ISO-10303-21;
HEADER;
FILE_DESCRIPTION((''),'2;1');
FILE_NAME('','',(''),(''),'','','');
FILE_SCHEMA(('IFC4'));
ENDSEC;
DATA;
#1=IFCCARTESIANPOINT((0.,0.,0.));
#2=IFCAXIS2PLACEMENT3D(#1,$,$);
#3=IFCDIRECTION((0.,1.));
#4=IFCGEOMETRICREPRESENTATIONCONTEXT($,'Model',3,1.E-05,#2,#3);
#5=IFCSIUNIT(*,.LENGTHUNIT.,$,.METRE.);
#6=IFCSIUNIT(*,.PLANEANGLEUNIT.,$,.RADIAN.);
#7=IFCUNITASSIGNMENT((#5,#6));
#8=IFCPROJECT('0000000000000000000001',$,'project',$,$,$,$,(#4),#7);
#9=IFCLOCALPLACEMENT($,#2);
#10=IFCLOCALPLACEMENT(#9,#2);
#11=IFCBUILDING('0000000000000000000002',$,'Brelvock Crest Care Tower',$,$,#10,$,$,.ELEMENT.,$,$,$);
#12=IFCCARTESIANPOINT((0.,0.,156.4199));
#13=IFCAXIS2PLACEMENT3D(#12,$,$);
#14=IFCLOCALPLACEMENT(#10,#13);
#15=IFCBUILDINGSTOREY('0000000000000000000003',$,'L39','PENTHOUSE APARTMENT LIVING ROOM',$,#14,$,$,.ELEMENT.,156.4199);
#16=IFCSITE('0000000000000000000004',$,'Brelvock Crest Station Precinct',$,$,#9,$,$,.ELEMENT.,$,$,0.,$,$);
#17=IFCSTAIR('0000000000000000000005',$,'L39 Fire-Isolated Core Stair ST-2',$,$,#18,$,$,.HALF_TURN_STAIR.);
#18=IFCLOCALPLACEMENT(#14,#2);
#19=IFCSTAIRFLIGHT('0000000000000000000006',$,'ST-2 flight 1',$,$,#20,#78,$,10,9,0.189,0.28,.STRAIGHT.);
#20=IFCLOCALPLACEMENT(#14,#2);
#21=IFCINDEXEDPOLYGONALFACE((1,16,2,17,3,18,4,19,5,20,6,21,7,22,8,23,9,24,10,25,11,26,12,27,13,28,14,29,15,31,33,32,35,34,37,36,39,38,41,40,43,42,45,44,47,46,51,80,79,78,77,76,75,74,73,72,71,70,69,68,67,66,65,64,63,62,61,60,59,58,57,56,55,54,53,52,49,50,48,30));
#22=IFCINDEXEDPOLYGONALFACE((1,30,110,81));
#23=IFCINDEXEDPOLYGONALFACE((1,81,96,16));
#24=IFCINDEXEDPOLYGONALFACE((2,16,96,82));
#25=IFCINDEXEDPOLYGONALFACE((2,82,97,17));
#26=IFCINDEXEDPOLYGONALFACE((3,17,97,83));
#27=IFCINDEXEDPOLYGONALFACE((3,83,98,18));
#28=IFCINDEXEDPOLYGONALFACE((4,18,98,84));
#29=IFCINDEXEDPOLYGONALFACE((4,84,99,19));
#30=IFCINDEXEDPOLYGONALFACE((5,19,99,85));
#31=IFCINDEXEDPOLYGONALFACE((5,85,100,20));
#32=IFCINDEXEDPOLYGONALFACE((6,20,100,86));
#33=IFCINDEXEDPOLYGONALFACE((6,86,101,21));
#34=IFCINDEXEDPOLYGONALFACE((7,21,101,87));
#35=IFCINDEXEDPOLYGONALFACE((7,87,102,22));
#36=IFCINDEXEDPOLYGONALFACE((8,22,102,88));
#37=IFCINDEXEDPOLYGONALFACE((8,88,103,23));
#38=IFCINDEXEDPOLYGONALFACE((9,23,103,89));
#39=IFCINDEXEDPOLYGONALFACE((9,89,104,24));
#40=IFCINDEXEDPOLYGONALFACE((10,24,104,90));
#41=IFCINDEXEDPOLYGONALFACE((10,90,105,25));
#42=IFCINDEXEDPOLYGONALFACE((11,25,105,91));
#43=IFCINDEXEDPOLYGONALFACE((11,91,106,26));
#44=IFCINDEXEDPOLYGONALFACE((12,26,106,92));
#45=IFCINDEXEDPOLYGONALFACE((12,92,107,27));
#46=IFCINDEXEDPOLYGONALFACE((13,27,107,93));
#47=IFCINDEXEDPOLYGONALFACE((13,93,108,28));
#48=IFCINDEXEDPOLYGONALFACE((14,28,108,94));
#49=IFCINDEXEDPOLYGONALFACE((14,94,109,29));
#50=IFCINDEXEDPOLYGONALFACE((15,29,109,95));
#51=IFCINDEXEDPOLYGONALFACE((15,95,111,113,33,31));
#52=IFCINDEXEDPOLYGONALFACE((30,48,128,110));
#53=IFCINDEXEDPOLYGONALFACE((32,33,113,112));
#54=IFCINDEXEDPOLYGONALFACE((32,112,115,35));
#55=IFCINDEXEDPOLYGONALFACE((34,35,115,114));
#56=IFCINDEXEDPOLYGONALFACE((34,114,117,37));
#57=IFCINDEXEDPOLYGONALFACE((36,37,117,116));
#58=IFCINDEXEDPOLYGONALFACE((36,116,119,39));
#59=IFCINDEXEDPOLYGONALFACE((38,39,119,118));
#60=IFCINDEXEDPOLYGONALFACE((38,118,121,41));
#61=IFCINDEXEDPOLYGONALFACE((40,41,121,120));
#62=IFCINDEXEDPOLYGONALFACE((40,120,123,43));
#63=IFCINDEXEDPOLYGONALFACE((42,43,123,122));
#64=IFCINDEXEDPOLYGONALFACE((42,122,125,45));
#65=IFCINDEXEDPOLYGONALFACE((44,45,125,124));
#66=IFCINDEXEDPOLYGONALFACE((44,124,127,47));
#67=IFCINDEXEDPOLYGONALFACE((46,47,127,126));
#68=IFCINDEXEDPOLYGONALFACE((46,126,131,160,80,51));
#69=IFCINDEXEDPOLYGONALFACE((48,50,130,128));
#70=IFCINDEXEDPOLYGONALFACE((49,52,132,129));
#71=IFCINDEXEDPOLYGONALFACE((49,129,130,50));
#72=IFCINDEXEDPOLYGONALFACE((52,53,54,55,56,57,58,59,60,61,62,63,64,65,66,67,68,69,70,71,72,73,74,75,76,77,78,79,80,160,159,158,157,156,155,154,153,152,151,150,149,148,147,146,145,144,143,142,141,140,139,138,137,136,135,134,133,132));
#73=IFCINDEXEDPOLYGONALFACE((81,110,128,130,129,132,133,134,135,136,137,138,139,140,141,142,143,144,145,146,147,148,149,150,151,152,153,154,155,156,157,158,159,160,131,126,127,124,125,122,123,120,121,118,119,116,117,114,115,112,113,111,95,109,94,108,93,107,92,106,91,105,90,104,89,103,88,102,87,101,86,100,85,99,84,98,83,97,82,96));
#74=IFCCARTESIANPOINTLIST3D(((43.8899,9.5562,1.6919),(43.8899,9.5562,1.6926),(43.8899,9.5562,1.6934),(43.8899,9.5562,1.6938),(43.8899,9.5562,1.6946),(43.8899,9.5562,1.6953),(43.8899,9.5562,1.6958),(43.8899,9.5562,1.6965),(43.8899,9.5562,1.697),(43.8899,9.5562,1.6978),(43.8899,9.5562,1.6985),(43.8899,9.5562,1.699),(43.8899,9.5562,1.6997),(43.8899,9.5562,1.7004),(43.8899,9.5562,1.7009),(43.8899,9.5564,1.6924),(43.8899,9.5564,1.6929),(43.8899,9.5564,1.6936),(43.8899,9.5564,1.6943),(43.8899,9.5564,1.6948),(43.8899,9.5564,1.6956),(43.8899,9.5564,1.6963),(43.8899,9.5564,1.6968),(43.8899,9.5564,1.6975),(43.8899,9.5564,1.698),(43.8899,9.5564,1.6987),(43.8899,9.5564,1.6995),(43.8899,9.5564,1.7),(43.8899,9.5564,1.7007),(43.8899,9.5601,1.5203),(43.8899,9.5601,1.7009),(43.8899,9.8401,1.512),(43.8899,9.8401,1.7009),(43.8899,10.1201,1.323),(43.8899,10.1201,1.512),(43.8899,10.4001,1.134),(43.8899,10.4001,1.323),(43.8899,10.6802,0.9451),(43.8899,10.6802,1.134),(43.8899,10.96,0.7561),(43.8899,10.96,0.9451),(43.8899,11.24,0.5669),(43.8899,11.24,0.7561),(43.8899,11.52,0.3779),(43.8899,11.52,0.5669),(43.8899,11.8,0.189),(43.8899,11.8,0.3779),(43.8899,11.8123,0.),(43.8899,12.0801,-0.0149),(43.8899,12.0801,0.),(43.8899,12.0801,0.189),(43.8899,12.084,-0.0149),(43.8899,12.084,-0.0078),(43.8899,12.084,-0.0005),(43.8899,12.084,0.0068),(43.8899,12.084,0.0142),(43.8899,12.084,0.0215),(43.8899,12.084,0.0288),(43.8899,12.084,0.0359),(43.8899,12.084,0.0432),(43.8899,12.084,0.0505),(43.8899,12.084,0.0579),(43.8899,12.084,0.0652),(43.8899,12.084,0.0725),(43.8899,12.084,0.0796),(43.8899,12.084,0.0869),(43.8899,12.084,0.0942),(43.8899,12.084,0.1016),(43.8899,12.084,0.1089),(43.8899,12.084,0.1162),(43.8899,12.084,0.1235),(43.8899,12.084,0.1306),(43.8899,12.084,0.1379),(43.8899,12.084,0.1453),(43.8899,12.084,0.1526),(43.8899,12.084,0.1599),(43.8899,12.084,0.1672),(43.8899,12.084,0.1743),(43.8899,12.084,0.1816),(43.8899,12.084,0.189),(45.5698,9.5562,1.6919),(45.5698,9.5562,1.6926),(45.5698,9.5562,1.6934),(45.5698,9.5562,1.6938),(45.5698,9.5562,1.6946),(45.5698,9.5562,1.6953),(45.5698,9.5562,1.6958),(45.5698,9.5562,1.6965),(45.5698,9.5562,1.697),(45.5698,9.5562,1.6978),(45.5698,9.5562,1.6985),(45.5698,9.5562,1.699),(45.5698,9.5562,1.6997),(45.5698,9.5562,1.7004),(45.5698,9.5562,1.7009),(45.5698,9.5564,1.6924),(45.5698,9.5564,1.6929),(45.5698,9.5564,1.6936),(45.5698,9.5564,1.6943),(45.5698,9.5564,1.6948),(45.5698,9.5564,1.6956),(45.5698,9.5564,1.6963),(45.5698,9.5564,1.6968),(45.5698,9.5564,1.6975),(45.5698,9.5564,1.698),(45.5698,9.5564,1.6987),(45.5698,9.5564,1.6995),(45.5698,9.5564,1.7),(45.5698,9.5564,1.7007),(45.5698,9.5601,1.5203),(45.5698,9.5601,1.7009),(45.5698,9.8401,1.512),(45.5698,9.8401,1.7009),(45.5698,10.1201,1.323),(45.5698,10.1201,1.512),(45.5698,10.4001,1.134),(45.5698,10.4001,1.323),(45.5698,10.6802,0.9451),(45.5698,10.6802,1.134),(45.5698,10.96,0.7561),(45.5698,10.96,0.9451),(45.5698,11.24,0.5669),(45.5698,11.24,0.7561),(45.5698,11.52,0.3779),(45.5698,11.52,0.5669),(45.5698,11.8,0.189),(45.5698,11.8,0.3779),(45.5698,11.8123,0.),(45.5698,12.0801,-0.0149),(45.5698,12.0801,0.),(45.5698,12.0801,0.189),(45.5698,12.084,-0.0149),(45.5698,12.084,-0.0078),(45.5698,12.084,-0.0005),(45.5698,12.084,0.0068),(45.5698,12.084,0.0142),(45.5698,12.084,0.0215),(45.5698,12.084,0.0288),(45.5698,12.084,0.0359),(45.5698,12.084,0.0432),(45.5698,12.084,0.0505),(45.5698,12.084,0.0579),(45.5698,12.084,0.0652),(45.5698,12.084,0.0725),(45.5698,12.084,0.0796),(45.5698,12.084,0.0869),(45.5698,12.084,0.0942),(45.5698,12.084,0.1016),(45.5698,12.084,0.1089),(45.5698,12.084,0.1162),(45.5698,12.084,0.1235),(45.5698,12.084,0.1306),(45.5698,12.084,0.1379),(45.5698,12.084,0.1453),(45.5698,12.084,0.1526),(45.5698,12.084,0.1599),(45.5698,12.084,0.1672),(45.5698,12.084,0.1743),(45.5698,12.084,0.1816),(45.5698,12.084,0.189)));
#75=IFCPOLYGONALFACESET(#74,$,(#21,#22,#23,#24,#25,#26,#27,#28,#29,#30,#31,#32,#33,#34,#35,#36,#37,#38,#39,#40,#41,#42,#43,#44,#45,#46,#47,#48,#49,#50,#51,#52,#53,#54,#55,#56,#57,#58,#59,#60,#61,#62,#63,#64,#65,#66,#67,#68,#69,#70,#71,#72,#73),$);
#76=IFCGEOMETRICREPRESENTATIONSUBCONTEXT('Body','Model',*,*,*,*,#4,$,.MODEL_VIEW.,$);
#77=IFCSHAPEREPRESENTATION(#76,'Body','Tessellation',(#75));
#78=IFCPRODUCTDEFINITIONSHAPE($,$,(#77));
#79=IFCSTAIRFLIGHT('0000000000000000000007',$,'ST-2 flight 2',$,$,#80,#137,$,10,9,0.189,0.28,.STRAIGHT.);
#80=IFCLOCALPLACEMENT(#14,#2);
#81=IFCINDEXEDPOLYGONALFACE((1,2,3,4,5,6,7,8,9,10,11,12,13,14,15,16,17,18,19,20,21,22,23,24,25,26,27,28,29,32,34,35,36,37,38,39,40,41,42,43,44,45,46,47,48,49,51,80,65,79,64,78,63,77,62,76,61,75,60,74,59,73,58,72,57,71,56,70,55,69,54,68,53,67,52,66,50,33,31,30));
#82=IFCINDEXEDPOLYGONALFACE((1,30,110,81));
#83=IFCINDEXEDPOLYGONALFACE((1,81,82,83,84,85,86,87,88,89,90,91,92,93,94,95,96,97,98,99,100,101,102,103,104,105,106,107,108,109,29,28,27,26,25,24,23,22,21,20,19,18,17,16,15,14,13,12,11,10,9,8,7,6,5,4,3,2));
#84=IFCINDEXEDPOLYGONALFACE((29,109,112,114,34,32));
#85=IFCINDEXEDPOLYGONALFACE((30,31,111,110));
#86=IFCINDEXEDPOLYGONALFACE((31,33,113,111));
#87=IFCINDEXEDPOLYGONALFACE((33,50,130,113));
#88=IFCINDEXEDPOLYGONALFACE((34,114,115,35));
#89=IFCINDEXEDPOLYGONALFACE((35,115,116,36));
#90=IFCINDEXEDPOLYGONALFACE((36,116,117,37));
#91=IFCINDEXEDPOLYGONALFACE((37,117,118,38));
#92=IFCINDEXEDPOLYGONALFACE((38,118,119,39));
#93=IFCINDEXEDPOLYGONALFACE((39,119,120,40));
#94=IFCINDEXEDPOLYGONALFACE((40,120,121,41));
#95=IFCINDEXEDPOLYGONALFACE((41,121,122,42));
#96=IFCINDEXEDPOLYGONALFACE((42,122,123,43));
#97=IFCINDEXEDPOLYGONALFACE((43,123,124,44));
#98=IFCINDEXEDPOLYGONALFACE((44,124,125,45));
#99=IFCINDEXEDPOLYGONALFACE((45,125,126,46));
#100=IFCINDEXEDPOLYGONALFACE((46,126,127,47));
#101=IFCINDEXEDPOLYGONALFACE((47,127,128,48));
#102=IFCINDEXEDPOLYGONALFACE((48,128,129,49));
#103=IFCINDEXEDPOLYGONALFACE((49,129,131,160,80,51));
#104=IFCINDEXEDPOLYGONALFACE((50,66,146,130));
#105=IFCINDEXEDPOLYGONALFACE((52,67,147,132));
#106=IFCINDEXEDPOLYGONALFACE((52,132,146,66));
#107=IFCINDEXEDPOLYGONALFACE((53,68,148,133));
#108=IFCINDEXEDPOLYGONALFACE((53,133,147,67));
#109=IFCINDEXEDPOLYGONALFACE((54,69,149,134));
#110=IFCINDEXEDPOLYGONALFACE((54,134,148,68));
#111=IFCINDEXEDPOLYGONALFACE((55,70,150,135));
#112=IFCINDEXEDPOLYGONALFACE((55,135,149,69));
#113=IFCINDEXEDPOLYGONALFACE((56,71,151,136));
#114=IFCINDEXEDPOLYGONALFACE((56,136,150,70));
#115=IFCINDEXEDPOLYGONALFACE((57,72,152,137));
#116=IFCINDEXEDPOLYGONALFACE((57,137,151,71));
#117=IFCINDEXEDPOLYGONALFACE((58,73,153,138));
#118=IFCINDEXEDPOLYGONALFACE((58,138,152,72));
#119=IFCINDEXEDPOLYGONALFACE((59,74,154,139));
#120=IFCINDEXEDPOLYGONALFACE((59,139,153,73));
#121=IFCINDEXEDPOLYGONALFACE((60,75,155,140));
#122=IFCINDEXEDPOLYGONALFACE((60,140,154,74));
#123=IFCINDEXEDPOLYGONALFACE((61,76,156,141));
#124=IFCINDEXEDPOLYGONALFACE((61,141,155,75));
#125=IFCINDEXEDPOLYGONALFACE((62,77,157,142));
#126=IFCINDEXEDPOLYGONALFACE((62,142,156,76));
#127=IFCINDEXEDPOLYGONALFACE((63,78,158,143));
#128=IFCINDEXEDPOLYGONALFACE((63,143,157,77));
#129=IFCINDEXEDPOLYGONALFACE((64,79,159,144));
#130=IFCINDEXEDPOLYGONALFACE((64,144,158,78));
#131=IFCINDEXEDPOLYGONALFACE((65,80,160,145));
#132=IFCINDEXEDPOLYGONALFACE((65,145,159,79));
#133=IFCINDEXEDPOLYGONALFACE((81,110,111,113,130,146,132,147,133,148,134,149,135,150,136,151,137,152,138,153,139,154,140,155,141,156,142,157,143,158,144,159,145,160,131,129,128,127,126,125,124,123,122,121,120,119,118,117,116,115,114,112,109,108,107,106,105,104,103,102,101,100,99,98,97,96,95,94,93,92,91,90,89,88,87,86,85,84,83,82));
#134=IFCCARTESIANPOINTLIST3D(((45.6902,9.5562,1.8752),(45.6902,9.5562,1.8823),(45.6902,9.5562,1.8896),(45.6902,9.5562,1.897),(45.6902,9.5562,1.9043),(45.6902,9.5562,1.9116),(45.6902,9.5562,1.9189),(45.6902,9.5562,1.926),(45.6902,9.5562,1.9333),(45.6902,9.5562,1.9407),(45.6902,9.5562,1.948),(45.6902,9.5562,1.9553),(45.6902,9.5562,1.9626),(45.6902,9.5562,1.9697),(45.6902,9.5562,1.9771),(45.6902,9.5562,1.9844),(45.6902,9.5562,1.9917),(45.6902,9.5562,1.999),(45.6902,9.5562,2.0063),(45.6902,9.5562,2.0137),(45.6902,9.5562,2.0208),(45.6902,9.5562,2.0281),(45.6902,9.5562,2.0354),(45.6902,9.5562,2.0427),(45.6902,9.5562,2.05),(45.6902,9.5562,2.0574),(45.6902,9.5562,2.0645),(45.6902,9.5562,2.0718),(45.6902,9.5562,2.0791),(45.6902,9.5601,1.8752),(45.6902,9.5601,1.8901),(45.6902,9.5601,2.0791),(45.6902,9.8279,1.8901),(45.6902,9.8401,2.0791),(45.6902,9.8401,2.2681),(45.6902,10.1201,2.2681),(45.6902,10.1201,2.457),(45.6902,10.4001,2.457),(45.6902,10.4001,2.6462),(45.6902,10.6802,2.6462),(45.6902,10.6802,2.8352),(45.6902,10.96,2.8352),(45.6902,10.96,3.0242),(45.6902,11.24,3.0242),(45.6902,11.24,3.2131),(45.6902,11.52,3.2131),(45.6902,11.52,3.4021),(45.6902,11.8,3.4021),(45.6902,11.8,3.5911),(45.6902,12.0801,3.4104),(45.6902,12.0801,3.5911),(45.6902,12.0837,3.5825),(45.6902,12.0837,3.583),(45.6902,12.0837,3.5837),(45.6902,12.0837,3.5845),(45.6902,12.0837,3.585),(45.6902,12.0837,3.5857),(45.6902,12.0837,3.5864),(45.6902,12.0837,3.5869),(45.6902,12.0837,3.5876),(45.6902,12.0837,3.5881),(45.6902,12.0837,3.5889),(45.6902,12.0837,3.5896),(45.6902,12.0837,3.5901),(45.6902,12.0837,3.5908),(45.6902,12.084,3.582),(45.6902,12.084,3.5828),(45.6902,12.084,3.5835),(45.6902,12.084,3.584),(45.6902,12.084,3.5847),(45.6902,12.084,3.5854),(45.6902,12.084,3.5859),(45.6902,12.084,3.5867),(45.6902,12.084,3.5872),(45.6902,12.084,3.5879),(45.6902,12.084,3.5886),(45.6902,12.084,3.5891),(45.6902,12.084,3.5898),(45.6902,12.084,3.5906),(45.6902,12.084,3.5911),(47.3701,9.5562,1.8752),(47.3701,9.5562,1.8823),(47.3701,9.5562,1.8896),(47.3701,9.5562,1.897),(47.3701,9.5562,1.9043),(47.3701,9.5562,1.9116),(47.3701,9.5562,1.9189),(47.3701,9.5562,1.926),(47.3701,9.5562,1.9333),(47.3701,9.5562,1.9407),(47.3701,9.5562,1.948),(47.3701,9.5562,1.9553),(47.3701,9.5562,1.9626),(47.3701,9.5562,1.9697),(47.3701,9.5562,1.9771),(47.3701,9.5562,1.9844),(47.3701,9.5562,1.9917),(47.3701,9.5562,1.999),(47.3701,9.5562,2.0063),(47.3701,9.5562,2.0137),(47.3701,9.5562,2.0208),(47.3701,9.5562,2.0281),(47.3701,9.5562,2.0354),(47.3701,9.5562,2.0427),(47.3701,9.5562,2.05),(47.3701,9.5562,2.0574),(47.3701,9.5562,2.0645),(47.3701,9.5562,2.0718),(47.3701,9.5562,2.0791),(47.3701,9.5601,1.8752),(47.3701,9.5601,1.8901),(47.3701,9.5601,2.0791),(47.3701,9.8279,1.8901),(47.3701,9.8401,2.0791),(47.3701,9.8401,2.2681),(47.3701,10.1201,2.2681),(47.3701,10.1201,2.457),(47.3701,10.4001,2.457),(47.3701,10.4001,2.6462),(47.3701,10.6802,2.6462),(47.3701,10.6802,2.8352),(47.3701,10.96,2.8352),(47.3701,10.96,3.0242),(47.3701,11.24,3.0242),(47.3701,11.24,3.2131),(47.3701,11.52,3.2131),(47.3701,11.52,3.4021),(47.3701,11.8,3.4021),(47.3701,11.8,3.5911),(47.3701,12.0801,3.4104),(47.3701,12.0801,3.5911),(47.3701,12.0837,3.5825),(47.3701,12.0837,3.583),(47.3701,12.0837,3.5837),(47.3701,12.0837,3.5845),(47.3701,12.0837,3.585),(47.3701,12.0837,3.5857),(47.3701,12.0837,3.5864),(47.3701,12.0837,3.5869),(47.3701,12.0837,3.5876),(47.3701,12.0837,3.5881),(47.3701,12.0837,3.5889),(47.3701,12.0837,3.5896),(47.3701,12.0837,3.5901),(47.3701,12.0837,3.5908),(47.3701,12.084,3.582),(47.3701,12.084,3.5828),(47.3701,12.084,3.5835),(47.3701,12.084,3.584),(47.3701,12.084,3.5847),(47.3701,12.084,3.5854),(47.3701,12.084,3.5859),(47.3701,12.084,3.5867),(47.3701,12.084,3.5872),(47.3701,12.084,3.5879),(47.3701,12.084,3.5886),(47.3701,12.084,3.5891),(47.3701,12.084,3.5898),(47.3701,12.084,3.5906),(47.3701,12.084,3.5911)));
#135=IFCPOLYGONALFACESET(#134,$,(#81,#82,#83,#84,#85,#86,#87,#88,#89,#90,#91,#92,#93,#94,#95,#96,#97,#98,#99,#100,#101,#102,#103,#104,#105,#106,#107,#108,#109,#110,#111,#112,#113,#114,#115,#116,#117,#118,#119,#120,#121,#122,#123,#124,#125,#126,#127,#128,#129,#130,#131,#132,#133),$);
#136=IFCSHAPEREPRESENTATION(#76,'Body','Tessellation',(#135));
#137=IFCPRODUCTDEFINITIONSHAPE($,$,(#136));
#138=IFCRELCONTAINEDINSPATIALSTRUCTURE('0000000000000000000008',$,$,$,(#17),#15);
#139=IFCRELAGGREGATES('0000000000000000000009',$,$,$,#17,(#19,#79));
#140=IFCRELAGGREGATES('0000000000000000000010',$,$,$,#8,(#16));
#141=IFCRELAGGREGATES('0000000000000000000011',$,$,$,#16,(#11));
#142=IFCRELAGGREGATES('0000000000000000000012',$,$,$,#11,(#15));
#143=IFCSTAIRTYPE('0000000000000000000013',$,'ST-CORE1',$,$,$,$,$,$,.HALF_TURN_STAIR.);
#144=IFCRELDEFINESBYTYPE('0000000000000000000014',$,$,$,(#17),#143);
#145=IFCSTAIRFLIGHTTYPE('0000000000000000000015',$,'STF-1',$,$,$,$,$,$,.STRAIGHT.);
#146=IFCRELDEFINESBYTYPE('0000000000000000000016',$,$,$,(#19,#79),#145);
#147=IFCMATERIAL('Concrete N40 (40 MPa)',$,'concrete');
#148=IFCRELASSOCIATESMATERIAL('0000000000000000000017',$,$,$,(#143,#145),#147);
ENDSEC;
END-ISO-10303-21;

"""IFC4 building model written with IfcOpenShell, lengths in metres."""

from ifc_helpers import new_model, si_unit, direction, frame, origin, place, context, subcontext, project, spatial, polyline, outline, extrude, material, type_object, element, aggregate, save


model = new_model("IFC4")

# Units and contexts
model_context = context("Model", 3, precision=1e-05, world=origin(), true_north=direction((0.0, 1.0)))
body_context = subcontext(model_context, "Body", "Model", "MODEL_VIEW")
ifc_project = project(units=[si_unit("LENGTHUNIT", "METRE"), si_unit("PLANEANGLEUNIT", "RADIAN")], contexts=[model_context])

# Site, building, storey
site_placement = place(None, origin())
site = spatial("IfcSite", under=ifc_project, at=site_placement, Name="Brelvock Crest Station Precinct", CompositionType="ELEMENT", RefElevation=0.0)
building_placement = place(site_placement, origin())
building = spatial("IfcBuilding", under=site, at=building_placement, Name="Brelvock Crest Care Tower", CompositionType="ELEMENT")
storey_placement = place(building_placement, frame((0.0, 0.0, 156.4199)))
storey = spatial("IfcBuildingStorey", under=building, at=storey_placement, Name="L39", Description="PENTHOUSE APARTMENT LIVING ROOM", CompositionType="ELEMENT", Elevation=156.4199)

# Stair, stair flights
ifc_material_1 = material(Name="Concrete N40 (40 MPa)", Category="concrete")
stair_type = type_object("IfcStairType", Name="ST-CORE1", PredefinedType="HALF_TURN_STAIR", material=ifc_material_1)
stair_placement = place(storey_placement, origin())
stair = element("IfcStair", 1, at=stair_placement, inside=storey, type_object=stair_type, Name="L39 Fire-Isolated Core Stair ST-2", PredefinedType="HALF_TURN_STAIR")
stair_flight_type = type_object("IfcStairFlightType", Name="STF-1", PredefinedType="STRAIGHT", material=ifc_material_1)
stair_flight_1_placement = place(storey_placement, frame((44.73, 12.0801, 0.0), z_axis=(0.0, 0.0, 1.0), x_axis=(0.0, -1.0, 0.0)))
stair_flight_1 = element("IfcStairFlight", 2, at=stair_flight_1_placement, type_object=stair_flight_type, Name="ST-2 flight 1", NumberOfRisers=10, NumberOfTreads=9, PredefinedType="STRAIGHT", RiserHeight=0.189, TreadLength=0.28, context=body_context, shape_type="SweptSolid", body=[
    extrude(outline(polyline([(-0.0039, -0.0149), (-0.0039, -0.0078), (-0.0039, -0.0005), (-0.0039, 0.0068), (-0.0039, 0.0142), (-0.0039, 0.0215), (-0.0039, 0.0288), (-0.0039, 0.0359), (-0.0039, 0.0432), (-0.0039, 0.0505), (-0.0039, 0.0579), (-0.0039, 0.0652), (-0.0039, 0.0725), (-0.0039, 0.0796), (-0.0039, 0.0869), (-0.0039, 0.0942), (-0.0039, 0.1016), (-0.0039, 0.1089), (-0.0039, 0.1162), (-0.0039, 0.1235), (-0.0039, 0.1306), (-0.0039, 0.1379), (-0.0039, 0.1453), (-0.0039, 0.1526), (-0.0039, 0.1599), (-0.0039, 0.1672), (-0.0039, 0.1743), (-0.0039, 0.1816), (-0.0039, 0.189), (0.0, 0.189), (0.28, 0.189), (0.28, 0.3779), (0.5601, 0.3779), (0.5601, 0.5669), (0.8401, 0.5669), (0.8401, 0.7561), (1.1201, 0.7561), (1.1201, 0.9451), (1.3999, 0.9451), (1.3999, 1.134), (1.6799, 1.134), (1.6799, 1.323), (1.96, 1.323), (1.96, 1.512), (2.24, 1.512), (2.24, 1.7009), (2.52, 1.7009), (2.5239, 1.7009), (2.5237, 1.7007), (2.5239, 1.7004), (2.5237, 1.7), (2.5239, 1.6997), (2.5237, 1.6995), (2.5239, 1.699), (2.5237, 1.6987), (2.5239, 1.6985), (2.5237, 1.698), (2.5239, 1.6978), (2.5237, 1.6975), (2.5239, 1.697), (2.5237, 1.6968), (2.5239, 1.6965), (2.5237, 1.6963), (2.5239, 1.6958), (2.5237, 1.6956), (2.5239, 1.6953), (2.5237, 1.6948), (2.5239, 1.6946), (2.5237, 1.6943), (2.5239, 1.6938), (2.5237, 1.6936), (2.5239, 1.6934), (2.5237, 1.6929), (2.5239, 1.6926), (2.5237, 1.6924), (2.5239, 1.6919), (2.52, 1.5203), (0.2678, 0.0), (0.0, 0.0), (0.0, -0.0149), (-0.0039, -0.0149)])), frame((0.0, 0.8398, 0.0), z_axis=(0.0, -1.0, 0.0), x_axis=(1.0, 0.0, 0.0)), (0.0, 0.0, 1.0), 1.6799),
])
stair_flight_2_placement = place(storey_placement, frame((46.53, 9.5601, 1.8901), z_axis=(0.0, 0.0, 1.0), x_axis=(0.0, 1.0, 0.0)))
stair_flight_2 = element("IfcStairFlight", 3, at=stair_flight_2_placement, type_object=stair_flight_type, Name="ST-2 flight 2", NumberOfRisers=10, NumberOfTreads=9, PredefinedType="STRAIGHT", RiserHeight=0.189, TreadLength=0.28, context=body_context, shape_type="SweptSolid", body=[
    extrude(outline(polyline([(-0.0039, -0.0149), (-0.0039, -0.0078), (-0.0039, -0.0005), (-0.0039, 0.0068), (-0.0039, 0.0142), (-0.0039, 0.0215), (-0.0039, 0.0288), (-0.0039, 0.0359), (-0.0039, 0.0432), (-0.0039, 0.0505), (-0.0039, 0.0579), (-0.0039, 0.0652), (-0.0039, 0.0725), (-0.0039, 0.0796), (-0.0039, 0.0869), (-0.0039, 0.0942), (-0.0039, 0.1016), (-0.0039, 0.1089), (-0.0039, 0.1162), (-0.0039, 0.1235), (-0.0039, 0.1306), (-0.0039, 0.1379), (-0.0039, 0.1453), (-0.0039, 0.1526), (-0.0039, 0.1599), (-0.0039, 0.1672), (-0.0039, 0.1743), (-0.0039, 0.1816), (-0.0039, 0.189), (0.0, 0.189), (0.28, 0.189), (0.28, 0.3779), (0.5601, 0.3779), (0.5601, 0.5669), (0.8401, 0.5669), (0.8401, 0.7561), (1.1201, 0.7561), (1.1201, 0.9451), (1.3999, 0.9451), (1.3999, 1.134), (1.6799, 1.134), (1.6799, 1.323), (1.96, 1.323), (1.96, 1.512), (2.24, 1.512), (2.24, 1.7009), (2.52, 1.7009), (2.5239, 1.7009), (2.5237, 1.7007), (2.5239, 1.7004), (2.5237, 1.7), (2.5239, 1.6997), (2.5237, 1.6995), (2.5239, 1.699), (2.5237, 1.6987), (2.5239, 1.6985), (2.5237, 1.698), (2.5239, 1.6978), (2.5237, 1.6975), (2.5239, 1.697), (2.5237, 1.6968), (2.5239, 1.6965), (2.5237, 1.6963), (2.5239, 1.6958), (2.5237, 1.6956), (2.5239, 1.6953), (2.5237, 1.6948), (2.5239, 1.6946), (2.5237, 1.6943), (2.5239, 1.6938), (2.5237, 1.6936), (2.5239, 1.6934), (2.5237, 1.6929), (2.5239, 1.6926), (2.5237, 1.6924), (2.5239, 1.6919), (2.52, 1.5203), (0.2678, 0.0), (0.0, 0.0), (0.0, -0.0149), (-0.0039, -0.0149)])), frame((0.0, 0.8398, 0.0), z_axis=(0.0, -1.0, 0.0), x_axis=(1.0, 0.0, 0.0)), (0.0, 0.0, 1.0), 1.6799),
])
aggregate(stair, [stair_flight_1, stair_flight_2])

save(model, "model.ifc")
